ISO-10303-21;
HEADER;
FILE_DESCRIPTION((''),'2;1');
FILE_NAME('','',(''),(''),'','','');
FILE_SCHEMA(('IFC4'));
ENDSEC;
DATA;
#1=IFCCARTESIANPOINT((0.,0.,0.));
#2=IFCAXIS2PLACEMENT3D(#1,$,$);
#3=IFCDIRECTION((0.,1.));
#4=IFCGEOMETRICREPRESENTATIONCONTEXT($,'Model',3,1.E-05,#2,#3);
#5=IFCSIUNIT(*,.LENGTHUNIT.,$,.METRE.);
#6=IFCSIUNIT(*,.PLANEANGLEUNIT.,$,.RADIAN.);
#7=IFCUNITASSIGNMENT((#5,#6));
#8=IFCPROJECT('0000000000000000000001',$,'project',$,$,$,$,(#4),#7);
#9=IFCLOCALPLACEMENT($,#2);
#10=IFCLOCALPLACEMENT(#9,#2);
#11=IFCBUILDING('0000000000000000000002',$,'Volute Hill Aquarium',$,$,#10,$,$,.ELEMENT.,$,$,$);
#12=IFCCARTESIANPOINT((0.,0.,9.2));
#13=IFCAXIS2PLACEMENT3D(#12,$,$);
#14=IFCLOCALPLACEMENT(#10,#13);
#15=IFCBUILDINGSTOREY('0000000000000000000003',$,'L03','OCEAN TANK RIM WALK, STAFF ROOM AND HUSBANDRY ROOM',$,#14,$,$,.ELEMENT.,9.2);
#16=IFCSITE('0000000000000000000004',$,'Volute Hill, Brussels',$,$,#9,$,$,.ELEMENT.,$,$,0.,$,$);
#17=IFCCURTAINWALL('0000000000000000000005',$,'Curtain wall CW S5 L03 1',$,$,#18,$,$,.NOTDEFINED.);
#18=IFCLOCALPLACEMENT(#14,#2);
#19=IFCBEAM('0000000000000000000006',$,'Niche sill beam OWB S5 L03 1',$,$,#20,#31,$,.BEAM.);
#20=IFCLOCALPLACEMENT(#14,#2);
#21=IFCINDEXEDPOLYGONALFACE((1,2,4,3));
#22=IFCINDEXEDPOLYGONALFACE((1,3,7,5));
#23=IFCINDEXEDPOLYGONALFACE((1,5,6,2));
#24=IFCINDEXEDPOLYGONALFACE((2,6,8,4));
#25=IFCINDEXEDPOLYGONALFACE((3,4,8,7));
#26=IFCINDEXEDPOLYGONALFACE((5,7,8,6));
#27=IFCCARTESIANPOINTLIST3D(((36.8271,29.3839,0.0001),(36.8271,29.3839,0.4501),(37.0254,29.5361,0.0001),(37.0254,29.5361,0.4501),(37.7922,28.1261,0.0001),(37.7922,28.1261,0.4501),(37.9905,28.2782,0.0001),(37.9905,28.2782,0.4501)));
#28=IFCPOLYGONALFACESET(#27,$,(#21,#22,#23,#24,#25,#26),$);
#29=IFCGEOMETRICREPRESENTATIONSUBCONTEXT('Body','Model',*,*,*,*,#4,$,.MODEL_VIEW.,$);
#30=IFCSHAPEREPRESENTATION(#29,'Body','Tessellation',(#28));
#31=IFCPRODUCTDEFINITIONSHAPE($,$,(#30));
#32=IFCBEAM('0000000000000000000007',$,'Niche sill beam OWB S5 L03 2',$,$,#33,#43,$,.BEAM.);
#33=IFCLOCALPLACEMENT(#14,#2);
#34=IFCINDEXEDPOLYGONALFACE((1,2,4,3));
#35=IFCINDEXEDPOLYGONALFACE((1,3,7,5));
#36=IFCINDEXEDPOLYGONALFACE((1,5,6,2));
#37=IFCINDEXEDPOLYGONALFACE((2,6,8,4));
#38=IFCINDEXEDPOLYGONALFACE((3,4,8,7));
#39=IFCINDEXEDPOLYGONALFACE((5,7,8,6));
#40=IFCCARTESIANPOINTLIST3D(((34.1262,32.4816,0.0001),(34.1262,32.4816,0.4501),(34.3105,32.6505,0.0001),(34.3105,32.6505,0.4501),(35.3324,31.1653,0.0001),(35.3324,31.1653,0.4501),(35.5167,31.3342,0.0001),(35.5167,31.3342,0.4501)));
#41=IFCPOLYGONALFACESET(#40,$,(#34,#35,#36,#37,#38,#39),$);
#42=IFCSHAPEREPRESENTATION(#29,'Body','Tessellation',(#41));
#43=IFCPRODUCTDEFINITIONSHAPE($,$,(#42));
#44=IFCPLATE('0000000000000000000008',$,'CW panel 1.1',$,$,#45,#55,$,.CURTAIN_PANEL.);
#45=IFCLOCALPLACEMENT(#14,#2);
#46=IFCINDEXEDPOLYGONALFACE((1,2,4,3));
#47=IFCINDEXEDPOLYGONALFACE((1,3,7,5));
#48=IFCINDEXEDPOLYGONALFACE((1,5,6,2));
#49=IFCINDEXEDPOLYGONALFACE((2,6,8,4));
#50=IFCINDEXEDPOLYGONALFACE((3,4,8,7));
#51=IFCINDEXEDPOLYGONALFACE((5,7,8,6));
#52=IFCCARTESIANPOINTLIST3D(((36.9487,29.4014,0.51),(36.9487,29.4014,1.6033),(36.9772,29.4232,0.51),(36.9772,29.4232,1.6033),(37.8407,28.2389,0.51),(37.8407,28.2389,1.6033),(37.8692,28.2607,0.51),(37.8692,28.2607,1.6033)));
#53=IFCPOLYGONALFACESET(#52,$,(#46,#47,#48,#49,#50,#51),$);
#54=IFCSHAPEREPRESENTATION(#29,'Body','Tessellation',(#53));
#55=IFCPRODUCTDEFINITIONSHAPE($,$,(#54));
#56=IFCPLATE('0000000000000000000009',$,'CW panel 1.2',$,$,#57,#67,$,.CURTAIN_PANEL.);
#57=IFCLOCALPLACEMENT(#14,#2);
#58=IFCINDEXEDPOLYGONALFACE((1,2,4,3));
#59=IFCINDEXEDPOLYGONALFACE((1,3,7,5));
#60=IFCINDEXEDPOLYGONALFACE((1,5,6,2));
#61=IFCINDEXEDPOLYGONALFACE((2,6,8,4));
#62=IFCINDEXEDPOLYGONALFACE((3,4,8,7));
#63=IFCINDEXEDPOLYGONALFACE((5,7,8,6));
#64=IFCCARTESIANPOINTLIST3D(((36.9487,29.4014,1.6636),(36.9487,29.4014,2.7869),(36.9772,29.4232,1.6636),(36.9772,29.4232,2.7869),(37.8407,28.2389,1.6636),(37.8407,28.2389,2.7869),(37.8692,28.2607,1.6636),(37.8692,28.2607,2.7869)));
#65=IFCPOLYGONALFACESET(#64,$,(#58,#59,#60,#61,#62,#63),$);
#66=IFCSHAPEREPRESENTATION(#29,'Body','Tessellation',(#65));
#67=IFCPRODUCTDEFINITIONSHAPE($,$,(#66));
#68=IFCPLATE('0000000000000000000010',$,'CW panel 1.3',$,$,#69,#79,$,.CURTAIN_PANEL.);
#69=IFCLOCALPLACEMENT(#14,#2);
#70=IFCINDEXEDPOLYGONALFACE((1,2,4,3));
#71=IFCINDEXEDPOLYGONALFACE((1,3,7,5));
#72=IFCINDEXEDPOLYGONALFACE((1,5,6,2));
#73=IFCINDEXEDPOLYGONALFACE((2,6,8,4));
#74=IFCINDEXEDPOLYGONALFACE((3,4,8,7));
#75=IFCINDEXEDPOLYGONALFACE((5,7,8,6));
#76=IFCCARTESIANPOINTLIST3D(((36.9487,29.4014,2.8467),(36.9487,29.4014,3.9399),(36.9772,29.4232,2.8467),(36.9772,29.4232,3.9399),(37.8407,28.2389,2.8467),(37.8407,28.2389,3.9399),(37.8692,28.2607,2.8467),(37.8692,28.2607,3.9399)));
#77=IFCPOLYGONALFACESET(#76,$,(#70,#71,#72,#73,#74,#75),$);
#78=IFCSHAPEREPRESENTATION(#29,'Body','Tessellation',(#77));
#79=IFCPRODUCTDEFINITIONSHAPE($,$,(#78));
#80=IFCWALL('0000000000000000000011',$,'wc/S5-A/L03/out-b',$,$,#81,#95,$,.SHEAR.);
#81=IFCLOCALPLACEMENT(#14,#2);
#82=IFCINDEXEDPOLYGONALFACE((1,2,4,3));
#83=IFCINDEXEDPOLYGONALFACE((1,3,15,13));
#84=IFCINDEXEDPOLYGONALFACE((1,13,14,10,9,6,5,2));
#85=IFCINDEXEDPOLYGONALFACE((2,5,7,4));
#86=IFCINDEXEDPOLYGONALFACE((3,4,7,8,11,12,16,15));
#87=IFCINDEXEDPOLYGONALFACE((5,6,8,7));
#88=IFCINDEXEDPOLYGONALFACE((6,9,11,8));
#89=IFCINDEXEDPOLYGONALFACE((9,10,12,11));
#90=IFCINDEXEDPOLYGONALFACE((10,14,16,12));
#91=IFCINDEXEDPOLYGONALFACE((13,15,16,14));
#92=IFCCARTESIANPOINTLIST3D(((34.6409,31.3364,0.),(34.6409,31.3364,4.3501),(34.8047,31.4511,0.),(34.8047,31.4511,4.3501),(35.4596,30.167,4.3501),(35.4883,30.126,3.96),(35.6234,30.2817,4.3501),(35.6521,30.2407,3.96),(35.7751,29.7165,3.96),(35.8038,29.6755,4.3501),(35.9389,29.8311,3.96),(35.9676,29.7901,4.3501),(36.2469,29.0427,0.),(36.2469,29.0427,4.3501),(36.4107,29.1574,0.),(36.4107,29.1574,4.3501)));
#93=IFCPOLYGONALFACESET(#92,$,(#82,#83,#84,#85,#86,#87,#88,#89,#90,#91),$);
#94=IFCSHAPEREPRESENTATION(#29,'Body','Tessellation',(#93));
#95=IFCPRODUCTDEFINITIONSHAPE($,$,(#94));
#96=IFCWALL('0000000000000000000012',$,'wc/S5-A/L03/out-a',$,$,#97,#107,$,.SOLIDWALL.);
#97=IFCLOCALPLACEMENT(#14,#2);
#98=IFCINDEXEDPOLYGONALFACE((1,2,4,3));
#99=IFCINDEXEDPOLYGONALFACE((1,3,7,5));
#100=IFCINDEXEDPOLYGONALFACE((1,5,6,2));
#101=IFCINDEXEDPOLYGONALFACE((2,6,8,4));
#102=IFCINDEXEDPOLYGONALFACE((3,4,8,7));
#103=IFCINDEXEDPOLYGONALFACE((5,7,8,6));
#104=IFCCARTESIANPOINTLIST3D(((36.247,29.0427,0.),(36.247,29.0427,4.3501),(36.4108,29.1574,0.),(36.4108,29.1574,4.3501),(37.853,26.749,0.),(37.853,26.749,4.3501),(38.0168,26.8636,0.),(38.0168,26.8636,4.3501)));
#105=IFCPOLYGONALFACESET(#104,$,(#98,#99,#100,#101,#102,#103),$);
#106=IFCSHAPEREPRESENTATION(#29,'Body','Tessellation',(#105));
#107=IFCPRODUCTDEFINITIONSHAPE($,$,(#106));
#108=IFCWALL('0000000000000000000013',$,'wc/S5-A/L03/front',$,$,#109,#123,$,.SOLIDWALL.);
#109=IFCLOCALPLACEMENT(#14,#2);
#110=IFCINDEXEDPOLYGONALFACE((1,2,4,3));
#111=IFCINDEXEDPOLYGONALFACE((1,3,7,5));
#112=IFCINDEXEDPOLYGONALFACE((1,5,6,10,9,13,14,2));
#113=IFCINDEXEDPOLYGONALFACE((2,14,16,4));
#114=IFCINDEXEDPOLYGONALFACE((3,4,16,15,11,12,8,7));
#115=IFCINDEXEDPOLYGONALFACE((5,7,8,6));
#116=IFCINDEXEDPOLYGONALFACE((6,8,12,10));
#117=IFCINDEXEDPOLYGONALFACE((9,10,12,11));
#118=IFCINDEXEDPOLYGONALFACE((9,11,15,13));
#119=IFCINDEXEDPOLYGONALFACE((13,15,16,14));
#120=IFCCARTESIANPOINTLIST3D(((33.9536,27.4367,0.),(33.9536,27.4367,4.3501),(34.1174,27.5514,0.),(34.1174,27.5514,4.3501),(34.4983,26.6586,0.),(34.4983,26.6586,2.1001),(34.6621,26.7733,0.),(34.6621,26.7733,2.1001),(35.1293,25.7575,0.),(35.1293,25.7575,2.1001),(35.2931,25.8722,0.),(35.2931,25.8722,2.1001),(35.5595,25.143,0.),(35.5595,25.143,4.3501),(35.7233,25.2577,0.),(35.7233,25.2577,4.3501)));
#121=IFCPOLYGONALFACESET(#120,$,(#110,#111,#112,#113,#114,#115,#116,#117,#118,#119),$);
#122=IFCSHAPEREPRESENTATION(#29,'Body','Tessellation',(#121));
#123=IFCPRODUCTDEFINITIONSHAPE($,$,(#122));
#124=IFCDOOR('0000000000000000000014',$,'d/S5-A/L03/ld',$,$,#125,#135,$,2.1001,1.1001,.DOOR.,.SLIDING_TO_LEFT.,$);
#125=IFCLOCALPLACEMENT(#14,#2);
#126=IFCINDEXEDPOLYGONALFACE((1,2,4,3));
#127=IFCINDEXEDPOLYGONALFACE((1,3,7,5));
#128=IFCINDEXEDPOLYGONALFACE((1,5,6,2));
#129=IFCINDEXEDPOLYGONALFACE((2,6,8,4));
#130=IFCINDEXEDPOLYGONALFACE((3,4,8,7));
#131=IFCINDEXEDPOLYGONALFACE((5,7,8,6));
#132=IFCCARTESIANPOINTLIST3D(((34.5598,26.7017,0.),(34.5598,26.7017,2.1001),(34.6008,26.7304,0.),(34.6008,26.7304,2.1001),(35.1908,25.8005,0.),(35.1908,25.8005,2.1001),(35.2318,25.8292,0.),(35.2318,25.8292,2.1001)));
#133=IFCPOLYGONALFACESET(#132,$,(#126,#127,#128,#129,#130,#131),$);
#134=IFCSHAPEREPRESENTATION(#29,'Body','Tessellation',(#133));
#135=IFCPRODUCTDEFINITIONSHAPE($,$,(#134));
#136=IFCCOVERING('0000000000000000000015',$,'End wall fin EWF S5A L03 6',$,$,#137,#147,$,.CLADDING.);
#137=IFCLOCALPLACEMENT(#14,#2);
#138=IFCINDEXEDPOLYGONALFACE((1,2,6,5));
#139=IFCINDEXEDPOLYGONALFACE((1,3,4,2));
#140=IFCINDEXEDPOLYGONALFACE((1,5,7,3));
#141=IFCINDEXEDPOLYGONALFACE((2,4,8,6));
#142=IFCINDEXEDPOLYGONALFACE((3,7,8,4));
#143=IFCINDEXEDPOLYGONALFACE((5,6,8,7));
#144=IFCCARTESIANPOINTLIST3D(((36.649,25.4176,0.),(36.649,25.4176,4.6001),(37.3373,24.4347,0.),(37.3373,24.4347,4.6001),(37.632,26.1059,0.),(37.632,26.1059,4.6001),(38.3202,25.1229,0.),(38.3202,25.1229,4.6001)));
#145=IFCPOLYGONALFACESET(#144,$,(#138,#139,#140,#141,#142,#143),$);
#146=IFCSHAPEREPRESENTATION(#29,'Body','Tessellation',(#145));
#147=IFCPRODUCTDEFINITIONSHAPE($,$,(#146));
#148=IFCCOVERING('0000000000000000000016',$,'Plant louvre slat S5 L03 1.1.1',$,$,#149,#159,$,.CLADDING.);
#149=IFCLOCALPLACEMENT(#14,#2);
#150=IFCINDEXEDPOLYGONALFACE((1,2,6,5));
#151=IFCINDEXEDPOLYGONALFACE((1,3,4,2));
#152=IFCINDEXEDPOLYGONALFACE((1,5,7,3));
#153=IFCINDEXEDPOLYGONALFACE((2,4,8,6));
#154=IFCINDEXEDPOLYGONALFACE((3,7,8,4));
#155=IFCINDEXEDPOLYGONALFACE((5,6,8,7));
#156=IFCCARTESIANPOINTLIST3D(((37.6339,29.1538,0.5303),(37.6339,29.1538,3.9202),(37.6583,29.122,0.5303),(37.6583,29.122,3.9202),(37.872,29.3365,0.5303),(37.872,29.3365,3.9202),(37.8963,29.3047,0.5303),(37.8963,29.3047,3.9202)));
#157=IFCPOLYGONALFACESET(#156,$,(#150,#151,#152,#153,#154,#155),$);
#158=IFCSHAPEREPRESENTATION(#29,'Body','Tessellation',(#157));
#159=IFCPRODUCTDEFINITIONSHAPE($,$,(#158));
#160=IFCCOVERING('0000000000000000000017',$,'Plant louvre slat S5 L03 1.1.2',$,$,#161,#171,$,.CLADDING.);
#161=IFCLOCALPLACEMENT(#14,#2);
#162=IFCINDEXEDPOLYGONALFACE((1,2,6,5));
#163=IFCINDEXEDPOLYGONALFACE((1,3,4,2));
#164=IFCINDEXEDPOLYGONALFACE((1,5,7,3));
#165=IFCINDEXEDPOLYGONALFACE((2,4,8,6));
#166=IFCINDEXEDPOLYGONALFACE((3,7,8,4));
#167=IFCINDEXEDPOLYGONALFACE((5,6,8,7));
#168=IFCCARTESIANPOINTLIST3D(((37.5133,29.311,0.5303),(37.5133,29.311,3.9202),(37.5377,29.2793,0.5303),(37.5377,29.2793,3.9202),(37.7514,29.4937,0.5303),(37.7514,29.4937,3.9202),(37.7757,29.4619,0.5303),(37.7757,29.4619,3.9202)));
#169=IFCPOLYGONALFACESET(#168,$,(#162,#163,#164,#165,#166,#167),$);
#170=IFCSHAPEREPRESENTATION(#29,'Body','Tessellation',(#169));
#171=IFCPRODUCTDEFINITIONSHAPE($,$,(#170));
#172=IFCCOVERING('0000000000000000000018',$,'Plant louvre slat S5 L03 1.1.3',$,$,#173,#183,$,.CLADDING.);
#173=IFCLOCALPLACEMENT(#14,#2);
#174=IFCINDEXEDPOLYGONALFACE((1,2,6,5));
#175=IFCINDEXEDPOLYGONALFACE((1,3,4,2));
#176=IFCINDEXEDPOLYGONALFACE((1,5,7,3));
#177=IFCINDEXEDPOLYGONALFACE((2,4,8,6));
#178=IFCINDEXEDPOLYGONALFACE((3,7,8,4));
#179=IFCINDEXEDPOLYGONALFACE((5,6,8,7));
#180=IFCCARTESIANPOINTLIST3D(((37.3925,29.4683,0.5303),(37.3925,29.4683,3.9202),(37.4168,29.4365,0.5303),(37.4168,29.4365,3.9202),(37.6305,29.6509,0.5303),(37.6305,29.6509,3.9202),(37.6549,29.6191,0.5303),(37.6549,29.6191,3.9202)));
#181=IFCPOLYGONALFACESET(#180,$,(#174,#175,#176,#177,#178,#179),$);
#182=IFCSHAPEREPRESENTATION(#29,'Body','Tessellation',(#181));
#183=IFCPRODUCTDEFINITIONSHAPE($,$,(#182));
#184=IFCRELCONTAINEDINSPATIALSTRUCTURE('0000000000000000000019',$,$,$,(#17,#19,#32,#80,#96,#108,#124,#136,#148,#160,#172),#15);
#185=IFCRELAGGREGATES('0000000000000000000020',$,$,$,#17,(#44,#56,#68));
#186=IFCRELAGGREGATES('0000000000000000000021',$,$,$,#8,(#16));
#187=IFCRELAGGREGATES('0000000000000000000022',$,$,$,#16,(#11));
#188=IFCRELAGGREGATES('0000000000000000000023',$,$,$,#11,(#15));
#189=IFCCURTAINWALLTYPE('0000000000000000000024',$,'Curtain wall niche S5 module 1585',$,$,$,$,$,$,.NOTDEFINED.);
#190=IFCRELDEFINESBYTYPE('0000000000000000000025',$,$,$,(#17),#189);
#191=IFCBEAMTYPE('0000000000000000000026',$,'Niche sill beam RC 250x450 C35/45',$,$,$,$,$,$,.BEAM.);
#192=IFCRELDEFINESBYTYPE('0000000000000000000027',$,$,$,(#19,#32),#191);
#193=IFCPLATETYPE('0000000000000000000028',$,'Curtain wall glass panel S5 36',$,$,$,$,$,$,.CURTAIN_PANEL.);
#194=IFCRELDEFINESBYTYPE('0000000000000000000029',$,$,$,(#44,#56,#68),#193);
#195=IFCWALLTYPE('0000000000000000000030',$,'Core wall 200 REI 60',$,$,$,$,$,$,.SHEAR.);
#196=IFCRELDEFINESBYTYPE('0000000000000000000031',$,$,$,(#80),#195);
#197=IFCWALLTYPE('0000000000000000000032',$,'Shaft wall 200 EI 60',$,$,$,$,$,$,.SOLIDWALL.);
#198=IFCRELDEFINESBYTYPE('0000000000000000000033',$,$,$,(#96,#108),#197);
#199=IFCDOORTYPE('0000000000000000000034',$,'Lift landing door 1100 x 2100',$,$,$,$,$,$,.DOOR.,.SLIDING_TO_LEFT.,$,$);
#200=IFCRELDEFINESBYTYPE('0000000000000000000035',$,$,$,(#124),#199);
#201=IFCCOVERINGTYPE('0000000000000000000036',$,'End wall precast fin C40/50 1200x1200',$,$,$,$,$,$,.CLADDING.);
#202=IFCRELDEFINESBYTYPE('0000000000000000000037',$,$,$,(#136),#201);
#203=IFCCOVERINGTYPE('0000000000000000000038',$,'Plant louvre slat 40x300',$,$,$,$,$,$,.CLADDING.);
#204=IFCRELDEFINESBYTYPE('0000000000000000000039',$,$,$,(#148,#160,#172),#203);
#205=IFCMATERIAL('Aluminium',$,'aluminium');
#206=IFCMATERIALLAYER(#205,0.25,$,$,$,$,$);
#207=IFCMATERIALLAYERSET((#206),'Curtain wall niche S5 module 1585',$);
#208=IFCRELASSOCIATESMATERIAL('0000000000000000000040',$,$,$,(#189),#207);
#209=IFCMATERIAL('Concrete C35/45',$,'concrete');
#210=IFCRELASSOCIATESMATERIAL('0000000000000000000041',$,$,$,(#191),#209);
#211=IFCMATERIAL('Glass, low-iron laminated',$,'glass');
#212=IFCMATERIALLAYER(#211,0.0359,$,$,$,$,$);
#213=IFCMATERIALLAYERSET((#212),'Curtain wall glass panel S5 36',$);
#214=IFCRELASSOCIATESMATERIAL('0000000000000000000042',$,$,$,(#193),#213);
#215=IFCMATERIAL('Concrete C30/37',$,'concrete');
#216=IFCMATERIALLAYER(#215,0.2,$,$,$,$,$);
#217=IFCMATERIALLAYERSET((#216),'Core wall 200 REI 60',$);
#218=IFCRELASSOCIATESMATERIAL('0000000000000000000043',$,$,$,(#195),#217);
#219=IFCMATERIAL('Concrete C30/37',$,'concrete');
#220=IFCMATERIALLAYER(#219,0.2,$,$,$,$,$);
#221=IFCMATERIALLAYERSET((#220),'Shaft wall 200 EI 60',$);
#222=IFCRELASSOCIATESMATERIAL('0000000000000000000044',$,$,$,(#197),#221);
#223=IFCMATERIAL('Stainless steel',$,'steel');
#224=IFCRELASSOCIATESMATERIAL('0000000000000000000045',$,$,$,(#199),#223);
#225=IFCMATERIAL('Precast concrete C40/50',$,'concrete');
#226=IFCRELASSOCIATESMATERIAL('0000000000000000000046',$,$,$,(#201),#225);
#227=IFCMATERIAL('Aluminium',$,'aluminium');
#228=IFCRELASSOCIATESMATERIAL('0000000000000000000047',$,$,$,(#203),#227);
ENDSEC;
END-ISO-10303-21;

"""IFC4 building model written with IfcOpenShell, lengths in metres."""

from ifc_helpers import new_model, si_unit, direction, frame, frame_2d, origin, origin_2d, place, context, subcontext, project, spatial, polyline, rectangle, outline, extrude, material, layer, layer_set, material_profile, profile_set, type_object, element, fill, aggregate, save


model = new_model("IFC4")

# Units and contexts
model_context = context("Model", 3, precision=1e-05, world=origin(), true_north=direction((0.0, 1.0)))
body_context = subcontext(model_context, "Body", "Model", "MODEL_VIEW")
ifc_project = project(units=[si_unit("LENGTHUNIT", "METRE"), si_unit("PLANEANGLEUNIT", "RADIAN")], contexts=[model_context])

# Site, building, storey
site_placement = place(None, origin())
site = spatial("IfcSite", under=ifc_project, at=site_placement, Name="Volute Hill, Brussels", CompositionType="ELEMENT", RefElevation=0.0)
building_placement = place(site_placement, origin())
building = spatial("IfcBuilding", under=site, at=building_placement, Name="Volute Hill Aquarium", CompositionType="ELEMENT")
storey_placement = place(building_placement, frame((0.0, 0.0, 9.2)))
storey = spatial("IfcBuildingStorey", under=building, at=storey_placement, Name="L03", Description="OCEAN TANK RIM WALK, STAFF ROOM AND HUSBANDRY ROOM", CompositionType="ELEMENT", Elevation=9.2)

# Curtain wall
ifc_material_1 = material(Name="Aluminium", Category="aluminium")
ifc_layer_1 = layer(ifc_material_1, 0.25)
ifc_layer_set_1 = layer_set([ifc_layer_1], Name="Curtain wall niche S5 module 1585")
curtain_wall_type_1 = type_object("IfcCurtainWallType", Name="Curtain wall niche S5 module 1585", PredefinedType="NOTDEFINED", material=ifc_layer_set_1)
curtain_wall_1_placement = place(storey_placement, origin())
curtain_wall_1 = element("IfcCurtainWall", 1, at=curtain_wall_1_placement, inside=storey, type_object=curtain_wall_type_1, Name="Curtain wall CW S5 L03 1", PredefinedType="NOTDEFINED")

# Beams
ifc_material_2 = material(Name="Concrete C35/45", Category="concrete")
ifc_material_profile_1 = material_profile(ifc_material_2, rectangle(XDim=0.25, YDim=0.45, at=origin_2d()), Name="RC beam 250x450")
ifc_profile_set_1 = profile_set([ifc_material_profile_1], Name="Concrete C35/45")
beam_type_1 = type_object("IfcBeamType", Name="Niche sill beam RC 250x450 C35/45", PredefinedType="BEAM", material=ifc_profile_set_1)
beam_1_placement = place(storey_placement, frame((37.8914, 28.2021, 0.2251), z_axis=(-0.608735, 0.793373, 0.0), x_axis=(-0.793373, -0.608735, 0.0)))
element("IfcBeam", 2, at=beam_1_placement, inside=storey, type_object=beam_type_1, Name="Niche sill beam OWB S5 L03 1", PredefinedType="BEAM", context=body_context, shape_type="SweptSolid", body=[
    extrude(rectangle(XDim=0.25, YDim=0.45, at=origin_2d()), origin(), (0.0, 0.0, 1.0), 1.5854),
])
beam_2_placement = place(storey_placement, frame((35.4246, 31.2498, 0.2251), z_axis=(-0.675601, 0.737268, 0.0), x_axis=(-0.737268, -0.675601, 0.0)))
element("IfcBeam", 3, at=beam_2_placement, inside=storey, type_object=beam_type_1, Name="Niche sill beam OWB S5 L03 2", PredefinedType="BEAM", context=body_context, shape_type="SweptSolid", body=[
    extrude(rectangle(XDim=0.25, YDim=0.45, at=origin_2d()), origin(), (0.0, 0.0, 1.0), 1.7854),
])

# Plates
ifc_material_3 = material(Name="Glass, low-iron laminated", Category="glass")
ifc_layer_2 = layer(ifc_material_3, 0.0359)
ifc_layer_set_2 = layer_set([ifc_layer_2], Name="Curtain wall glass panel S5 36")
plate_type = type_object("IfcPlateType", Name="Curtain wall glass panel S5 36", PredefinedType="CURTAIN_PANEL", material=ifc_layer_set_2)
plate_1_placement = place(storey_placement, frame((37.4089, 28.8311, 0.51), z_axis=(0.0, 0.0, 1.0), x_axis=(-0.608752, 0.793361, 0.0)))
plate_1 = element("IfcPlate", 4, at=plate_1_placement, type_object=plate_type, Name="CW panel 1.1", PredefinedType="CURTAIN_PANEL", context=body_context, shape_type="SweptSolid", body=[
    extrude(rectangle(XDim=1.4653, YDim=0.0359, at=origin_2d()), origin(), (0.0, 0.0, 1.0), 1.0933),
])
plate_2_placement = place(storey_placement, frame((37.4089, 28.8311, 1.6636), z_axis=(0.0, 0.0, 1.0), x_axis=(-0.608752, 0.793361, 0.0)))
plate_2 = element("IfcPlate", 5, at=plate_2_placement, type_object=plate_type, Name="CW panel 1.2", PredefinedType="CURTAIN_PANEL", context=body_context, shape_type="SweptSolid", body=[
    extrude(rectangle(XDim=1.4653, YDim=0.0359, at=origin_2d()), origin(), (0.0, 0.0, 1.0), 1.1233),
])
plate_3_placement = place(storey_placement, frame((37.4089, 28.8311, 2.8467), z_axis=(0.0, 0.0, 1.0), x_axis=(-0.608752, 0.793361, 0.0)))
plate_3 = element("IfcPlate", 6, at=plate_3_placement, type_object=plate_type, Name="CW panel 1.3", PredefinedType="CURTAIN_PANEL", context=body_context, shape_type="SweptSolid", body=[
    extrude(rectangle(XDim=1.4653, YDim=0.0359, at=origin_2d()), origin(), (0.0, 0.0, 1.0), 1.0933),
])
aggregate(curtain_wall_1, [plate_1, plate_2, plate_3])

# Walls
ifc_material_4 = material(Name="Concrete C30/37", Category="concrete")
ifc_layer_3 = layer(ifc_material_4, 0.2)
ifc_layer_set_3 = layer_set([ifc_layer_3], Name="Core wall 200 REI 60")
wall_type_1 = type_object("IfcWallType", Name="Core wall 200 REI 60", PredefinedType="SHEAR", material=ifc_layer_set_3)
wall_1_placement = place(storey_placement, frame((36.3289, 29.1001, 0.0), z_axis=(0.0, 0.0, 1.0), x_axis=(-0.57355, 0.81917, 0.0)))
element("IfcWall", 7, at=wall_1_placement, inside=storey, type_object=wall_type_1, Name="wc/S5-A/L03/out-b", PredefinedType="SHEAR", context=body_context, shape_type="SweptSolid", body=[
    extrude(outline(polyline([(0.0, 0.0), (2.8, 0.0), (2.8, 4.3501), (1.3726, 4.3501), (1.3225, 3.96), (0.8225, 3.96), (0.7725, 4.3501), (0.0, 4.3501), (0.0, 0.0)])), frame((0.0, 0.1001, 0.0), z_axis=(0.0, -1.0, 0.0), x_axis=(1.0, 0.0, 0.0)), (0.0, 0.0, 1.0), 0.2),
])
ifc_material_5 = material(Name="Concrete C30/37", Category="concrete")
ifc_layer_4 = layer(ifc_material_5, 0.2)
ifc_layer_set_4 = layer_set([ifc_layer_4], Name="Shaft wall 200 EI 60")
wall_type_2 = type_object("IfcWallType", Name="Shaft wall 200 EI 60", PredefinedType="SOLIDWALL", material=ifc_layer_set_4)
wall_2_placement = place(storey_placement, frame((37.9348, 26.8064, 0.0), z_axis=(0.0, 0.0, 1.0), x_axis=(-0.57355, 0.81917, 0.0)))
element("IfcWall", 8, at=wall_2_placement, inside=storey, type_object=wall_type_2, Name="wc/S5-A/L03/out-a", PredefinedType="SOLIDWALL", context=body_context, shape_type="SweptSolid", body=[
    extrude(rectangle(XDim=2.8, YDim=0.2, at=frame_2d((1.3999, 0.0))), origin(), (0.0, 0.0, 1.0), 4.3501),
])

# Wall, opening, door
wall_3_placement = place(storey_placement, frame((35.6414, 25.2004, 0.0), z_axis=(0.0, 0.0, 1.0), x_axis=(-0.57355, 0.81917, 0.0)))
wall_3 = element("IfcWall", 9, at=wall_3_placement, inside=storey, type_object=wall_type_2, Name="wc/S5-A/L03/front", PredefinedType="SOLIDWALL", context=body_context, shape_type="SweptSolid", body=[
    extrude(rectangle(XDim=2.8, YDim=0.2, at=frame_2d((1.3999, 0.0))), origin(), (0.0, 0.0, 1.0), 4.3501),
])
opening_placement = place(wall_3_placement, frame((0.75, 0.0, 0.0)))
opening = element("IfcOpeningElement", 10, at=opening_placement, cuts=wall_3, PredefinedType="OPENING", context=body_context, shape_type="SweptSolid", body=[
    extrude(rectangle(XDim=1.1001, YDim=2.1001, at=frame_2d((0.55, 1.05))), frame((0.0, 0.1099, 0.0), z_axis=(0.0, -1.0, 0.0), x_axis=(1.0, 0.0, 0.0)), (0.0, 0.0, 1.0), 0.22),
])
ifc_material_6 = material(Name="Stainless steel", Category="steel")
door_type = type_object("IfcDoorType", Name="Lift landing door 1100 x 2100", OperationType="SLIDING_TO_LEFT", PredefinedType="DOOR", material=ifc_material_6)
door_placement = place(opening_placement, origin())
door = element("IfcDoor", 11, at=door_placement, inside=storey, type_object=door_type, Name="d/S5-A/L03/ld", OperationType="SLIDING_TO_LEFT", OverallHeight=2.1001, OverallWidth=1.1001, PredefinedType="DOOR", context=body_context, shape_type="SweptSolid", body=[
    extrude(rectangle(XDim=1.1001, YDim=2.1001, at=frame_2d((0.55, 1.05))), frame((0.0, 0.0249, 0.0), z_axis=(0.0, -1.0, 0.0), x_axis=(1.0, 0.0, 0.0)), (0.0, 0.0, 1.0), 0.05),
])
fill(opening, door)

# Coverings
ifc_material_7 = material(Name="Precast concrete C40/50", Category="concrete")
covering_type_1 = type_object("IfcCoveringType", Name="End wall precast fin C40/50 1200x1200", PredefinedType="CLADDING", material=ifc_material_7)
covering_1_placement = place(storey_placement, frame((37.4846, 25.2703, 0.0), z_axis=(0.0, 0.0, 1.0), x_axis=(0.81915, 0.573579, 0.0)))
element("IfcCovering", 12, at=covering_1_placement, inside=storey, type_object=covering_type_1, Name="End wall fin EWF S5A L03 6", PredefinedType="CLADDING", context=body_context, shape_type="SweptSolid", body=[
    extrude(rectangle(XDim=1.2, YDim=1.2, at=origin_2d()), origin(), (0.0, 0.0, 1.0), 4.6001),
])
ifc_material_8 = material(Name="Aluminium", Category="aluminium")
covering_type_2 = type_object("IfcCoveringType", Name="Plant louvre slat 40x300", PredefinedType="CLADDING", material=ifc_material_8)
for number, where, z_axis, x_axis, name in (
    (13, (37.7651, 29.2292, 0.5303), (0.0, 0.0, 1.0), (-0.608753, 0.79336, 0.0), "Plant louvre slat S5 L03 1.1.1"),
    (14, (37.6445, 29.3865, 0.5303), (0.0, 0.0, 1.0), (-0.608753, 0.79336, 0.0), "Plant louvre slat S5 L03 1.1.2"),
    (15, (37.5237, 29.5437, 0.5303), (0.0, 0.0, 1.0), (-0.608753, 0.79336, 0.0), "Plant louvre slat S5 L03 1.1.3"),
):
    element("IfcCovering", number, at=place(storey_placement, frame(where, z_axis=z_axis, x_axis=x_axis)), inside=storey, type_object=covering_type_2, Name=name, PredefinedType="CLADDING", context=body_context, shape_type="SweptSolid", body=[
        extrude(rectangle(XDim=0.04, YDim=0.3, at=origin_2d()), origin(), (0.0, 0.0, 1.0), 3.3899),
    ])

save(model, "model.ifc")
